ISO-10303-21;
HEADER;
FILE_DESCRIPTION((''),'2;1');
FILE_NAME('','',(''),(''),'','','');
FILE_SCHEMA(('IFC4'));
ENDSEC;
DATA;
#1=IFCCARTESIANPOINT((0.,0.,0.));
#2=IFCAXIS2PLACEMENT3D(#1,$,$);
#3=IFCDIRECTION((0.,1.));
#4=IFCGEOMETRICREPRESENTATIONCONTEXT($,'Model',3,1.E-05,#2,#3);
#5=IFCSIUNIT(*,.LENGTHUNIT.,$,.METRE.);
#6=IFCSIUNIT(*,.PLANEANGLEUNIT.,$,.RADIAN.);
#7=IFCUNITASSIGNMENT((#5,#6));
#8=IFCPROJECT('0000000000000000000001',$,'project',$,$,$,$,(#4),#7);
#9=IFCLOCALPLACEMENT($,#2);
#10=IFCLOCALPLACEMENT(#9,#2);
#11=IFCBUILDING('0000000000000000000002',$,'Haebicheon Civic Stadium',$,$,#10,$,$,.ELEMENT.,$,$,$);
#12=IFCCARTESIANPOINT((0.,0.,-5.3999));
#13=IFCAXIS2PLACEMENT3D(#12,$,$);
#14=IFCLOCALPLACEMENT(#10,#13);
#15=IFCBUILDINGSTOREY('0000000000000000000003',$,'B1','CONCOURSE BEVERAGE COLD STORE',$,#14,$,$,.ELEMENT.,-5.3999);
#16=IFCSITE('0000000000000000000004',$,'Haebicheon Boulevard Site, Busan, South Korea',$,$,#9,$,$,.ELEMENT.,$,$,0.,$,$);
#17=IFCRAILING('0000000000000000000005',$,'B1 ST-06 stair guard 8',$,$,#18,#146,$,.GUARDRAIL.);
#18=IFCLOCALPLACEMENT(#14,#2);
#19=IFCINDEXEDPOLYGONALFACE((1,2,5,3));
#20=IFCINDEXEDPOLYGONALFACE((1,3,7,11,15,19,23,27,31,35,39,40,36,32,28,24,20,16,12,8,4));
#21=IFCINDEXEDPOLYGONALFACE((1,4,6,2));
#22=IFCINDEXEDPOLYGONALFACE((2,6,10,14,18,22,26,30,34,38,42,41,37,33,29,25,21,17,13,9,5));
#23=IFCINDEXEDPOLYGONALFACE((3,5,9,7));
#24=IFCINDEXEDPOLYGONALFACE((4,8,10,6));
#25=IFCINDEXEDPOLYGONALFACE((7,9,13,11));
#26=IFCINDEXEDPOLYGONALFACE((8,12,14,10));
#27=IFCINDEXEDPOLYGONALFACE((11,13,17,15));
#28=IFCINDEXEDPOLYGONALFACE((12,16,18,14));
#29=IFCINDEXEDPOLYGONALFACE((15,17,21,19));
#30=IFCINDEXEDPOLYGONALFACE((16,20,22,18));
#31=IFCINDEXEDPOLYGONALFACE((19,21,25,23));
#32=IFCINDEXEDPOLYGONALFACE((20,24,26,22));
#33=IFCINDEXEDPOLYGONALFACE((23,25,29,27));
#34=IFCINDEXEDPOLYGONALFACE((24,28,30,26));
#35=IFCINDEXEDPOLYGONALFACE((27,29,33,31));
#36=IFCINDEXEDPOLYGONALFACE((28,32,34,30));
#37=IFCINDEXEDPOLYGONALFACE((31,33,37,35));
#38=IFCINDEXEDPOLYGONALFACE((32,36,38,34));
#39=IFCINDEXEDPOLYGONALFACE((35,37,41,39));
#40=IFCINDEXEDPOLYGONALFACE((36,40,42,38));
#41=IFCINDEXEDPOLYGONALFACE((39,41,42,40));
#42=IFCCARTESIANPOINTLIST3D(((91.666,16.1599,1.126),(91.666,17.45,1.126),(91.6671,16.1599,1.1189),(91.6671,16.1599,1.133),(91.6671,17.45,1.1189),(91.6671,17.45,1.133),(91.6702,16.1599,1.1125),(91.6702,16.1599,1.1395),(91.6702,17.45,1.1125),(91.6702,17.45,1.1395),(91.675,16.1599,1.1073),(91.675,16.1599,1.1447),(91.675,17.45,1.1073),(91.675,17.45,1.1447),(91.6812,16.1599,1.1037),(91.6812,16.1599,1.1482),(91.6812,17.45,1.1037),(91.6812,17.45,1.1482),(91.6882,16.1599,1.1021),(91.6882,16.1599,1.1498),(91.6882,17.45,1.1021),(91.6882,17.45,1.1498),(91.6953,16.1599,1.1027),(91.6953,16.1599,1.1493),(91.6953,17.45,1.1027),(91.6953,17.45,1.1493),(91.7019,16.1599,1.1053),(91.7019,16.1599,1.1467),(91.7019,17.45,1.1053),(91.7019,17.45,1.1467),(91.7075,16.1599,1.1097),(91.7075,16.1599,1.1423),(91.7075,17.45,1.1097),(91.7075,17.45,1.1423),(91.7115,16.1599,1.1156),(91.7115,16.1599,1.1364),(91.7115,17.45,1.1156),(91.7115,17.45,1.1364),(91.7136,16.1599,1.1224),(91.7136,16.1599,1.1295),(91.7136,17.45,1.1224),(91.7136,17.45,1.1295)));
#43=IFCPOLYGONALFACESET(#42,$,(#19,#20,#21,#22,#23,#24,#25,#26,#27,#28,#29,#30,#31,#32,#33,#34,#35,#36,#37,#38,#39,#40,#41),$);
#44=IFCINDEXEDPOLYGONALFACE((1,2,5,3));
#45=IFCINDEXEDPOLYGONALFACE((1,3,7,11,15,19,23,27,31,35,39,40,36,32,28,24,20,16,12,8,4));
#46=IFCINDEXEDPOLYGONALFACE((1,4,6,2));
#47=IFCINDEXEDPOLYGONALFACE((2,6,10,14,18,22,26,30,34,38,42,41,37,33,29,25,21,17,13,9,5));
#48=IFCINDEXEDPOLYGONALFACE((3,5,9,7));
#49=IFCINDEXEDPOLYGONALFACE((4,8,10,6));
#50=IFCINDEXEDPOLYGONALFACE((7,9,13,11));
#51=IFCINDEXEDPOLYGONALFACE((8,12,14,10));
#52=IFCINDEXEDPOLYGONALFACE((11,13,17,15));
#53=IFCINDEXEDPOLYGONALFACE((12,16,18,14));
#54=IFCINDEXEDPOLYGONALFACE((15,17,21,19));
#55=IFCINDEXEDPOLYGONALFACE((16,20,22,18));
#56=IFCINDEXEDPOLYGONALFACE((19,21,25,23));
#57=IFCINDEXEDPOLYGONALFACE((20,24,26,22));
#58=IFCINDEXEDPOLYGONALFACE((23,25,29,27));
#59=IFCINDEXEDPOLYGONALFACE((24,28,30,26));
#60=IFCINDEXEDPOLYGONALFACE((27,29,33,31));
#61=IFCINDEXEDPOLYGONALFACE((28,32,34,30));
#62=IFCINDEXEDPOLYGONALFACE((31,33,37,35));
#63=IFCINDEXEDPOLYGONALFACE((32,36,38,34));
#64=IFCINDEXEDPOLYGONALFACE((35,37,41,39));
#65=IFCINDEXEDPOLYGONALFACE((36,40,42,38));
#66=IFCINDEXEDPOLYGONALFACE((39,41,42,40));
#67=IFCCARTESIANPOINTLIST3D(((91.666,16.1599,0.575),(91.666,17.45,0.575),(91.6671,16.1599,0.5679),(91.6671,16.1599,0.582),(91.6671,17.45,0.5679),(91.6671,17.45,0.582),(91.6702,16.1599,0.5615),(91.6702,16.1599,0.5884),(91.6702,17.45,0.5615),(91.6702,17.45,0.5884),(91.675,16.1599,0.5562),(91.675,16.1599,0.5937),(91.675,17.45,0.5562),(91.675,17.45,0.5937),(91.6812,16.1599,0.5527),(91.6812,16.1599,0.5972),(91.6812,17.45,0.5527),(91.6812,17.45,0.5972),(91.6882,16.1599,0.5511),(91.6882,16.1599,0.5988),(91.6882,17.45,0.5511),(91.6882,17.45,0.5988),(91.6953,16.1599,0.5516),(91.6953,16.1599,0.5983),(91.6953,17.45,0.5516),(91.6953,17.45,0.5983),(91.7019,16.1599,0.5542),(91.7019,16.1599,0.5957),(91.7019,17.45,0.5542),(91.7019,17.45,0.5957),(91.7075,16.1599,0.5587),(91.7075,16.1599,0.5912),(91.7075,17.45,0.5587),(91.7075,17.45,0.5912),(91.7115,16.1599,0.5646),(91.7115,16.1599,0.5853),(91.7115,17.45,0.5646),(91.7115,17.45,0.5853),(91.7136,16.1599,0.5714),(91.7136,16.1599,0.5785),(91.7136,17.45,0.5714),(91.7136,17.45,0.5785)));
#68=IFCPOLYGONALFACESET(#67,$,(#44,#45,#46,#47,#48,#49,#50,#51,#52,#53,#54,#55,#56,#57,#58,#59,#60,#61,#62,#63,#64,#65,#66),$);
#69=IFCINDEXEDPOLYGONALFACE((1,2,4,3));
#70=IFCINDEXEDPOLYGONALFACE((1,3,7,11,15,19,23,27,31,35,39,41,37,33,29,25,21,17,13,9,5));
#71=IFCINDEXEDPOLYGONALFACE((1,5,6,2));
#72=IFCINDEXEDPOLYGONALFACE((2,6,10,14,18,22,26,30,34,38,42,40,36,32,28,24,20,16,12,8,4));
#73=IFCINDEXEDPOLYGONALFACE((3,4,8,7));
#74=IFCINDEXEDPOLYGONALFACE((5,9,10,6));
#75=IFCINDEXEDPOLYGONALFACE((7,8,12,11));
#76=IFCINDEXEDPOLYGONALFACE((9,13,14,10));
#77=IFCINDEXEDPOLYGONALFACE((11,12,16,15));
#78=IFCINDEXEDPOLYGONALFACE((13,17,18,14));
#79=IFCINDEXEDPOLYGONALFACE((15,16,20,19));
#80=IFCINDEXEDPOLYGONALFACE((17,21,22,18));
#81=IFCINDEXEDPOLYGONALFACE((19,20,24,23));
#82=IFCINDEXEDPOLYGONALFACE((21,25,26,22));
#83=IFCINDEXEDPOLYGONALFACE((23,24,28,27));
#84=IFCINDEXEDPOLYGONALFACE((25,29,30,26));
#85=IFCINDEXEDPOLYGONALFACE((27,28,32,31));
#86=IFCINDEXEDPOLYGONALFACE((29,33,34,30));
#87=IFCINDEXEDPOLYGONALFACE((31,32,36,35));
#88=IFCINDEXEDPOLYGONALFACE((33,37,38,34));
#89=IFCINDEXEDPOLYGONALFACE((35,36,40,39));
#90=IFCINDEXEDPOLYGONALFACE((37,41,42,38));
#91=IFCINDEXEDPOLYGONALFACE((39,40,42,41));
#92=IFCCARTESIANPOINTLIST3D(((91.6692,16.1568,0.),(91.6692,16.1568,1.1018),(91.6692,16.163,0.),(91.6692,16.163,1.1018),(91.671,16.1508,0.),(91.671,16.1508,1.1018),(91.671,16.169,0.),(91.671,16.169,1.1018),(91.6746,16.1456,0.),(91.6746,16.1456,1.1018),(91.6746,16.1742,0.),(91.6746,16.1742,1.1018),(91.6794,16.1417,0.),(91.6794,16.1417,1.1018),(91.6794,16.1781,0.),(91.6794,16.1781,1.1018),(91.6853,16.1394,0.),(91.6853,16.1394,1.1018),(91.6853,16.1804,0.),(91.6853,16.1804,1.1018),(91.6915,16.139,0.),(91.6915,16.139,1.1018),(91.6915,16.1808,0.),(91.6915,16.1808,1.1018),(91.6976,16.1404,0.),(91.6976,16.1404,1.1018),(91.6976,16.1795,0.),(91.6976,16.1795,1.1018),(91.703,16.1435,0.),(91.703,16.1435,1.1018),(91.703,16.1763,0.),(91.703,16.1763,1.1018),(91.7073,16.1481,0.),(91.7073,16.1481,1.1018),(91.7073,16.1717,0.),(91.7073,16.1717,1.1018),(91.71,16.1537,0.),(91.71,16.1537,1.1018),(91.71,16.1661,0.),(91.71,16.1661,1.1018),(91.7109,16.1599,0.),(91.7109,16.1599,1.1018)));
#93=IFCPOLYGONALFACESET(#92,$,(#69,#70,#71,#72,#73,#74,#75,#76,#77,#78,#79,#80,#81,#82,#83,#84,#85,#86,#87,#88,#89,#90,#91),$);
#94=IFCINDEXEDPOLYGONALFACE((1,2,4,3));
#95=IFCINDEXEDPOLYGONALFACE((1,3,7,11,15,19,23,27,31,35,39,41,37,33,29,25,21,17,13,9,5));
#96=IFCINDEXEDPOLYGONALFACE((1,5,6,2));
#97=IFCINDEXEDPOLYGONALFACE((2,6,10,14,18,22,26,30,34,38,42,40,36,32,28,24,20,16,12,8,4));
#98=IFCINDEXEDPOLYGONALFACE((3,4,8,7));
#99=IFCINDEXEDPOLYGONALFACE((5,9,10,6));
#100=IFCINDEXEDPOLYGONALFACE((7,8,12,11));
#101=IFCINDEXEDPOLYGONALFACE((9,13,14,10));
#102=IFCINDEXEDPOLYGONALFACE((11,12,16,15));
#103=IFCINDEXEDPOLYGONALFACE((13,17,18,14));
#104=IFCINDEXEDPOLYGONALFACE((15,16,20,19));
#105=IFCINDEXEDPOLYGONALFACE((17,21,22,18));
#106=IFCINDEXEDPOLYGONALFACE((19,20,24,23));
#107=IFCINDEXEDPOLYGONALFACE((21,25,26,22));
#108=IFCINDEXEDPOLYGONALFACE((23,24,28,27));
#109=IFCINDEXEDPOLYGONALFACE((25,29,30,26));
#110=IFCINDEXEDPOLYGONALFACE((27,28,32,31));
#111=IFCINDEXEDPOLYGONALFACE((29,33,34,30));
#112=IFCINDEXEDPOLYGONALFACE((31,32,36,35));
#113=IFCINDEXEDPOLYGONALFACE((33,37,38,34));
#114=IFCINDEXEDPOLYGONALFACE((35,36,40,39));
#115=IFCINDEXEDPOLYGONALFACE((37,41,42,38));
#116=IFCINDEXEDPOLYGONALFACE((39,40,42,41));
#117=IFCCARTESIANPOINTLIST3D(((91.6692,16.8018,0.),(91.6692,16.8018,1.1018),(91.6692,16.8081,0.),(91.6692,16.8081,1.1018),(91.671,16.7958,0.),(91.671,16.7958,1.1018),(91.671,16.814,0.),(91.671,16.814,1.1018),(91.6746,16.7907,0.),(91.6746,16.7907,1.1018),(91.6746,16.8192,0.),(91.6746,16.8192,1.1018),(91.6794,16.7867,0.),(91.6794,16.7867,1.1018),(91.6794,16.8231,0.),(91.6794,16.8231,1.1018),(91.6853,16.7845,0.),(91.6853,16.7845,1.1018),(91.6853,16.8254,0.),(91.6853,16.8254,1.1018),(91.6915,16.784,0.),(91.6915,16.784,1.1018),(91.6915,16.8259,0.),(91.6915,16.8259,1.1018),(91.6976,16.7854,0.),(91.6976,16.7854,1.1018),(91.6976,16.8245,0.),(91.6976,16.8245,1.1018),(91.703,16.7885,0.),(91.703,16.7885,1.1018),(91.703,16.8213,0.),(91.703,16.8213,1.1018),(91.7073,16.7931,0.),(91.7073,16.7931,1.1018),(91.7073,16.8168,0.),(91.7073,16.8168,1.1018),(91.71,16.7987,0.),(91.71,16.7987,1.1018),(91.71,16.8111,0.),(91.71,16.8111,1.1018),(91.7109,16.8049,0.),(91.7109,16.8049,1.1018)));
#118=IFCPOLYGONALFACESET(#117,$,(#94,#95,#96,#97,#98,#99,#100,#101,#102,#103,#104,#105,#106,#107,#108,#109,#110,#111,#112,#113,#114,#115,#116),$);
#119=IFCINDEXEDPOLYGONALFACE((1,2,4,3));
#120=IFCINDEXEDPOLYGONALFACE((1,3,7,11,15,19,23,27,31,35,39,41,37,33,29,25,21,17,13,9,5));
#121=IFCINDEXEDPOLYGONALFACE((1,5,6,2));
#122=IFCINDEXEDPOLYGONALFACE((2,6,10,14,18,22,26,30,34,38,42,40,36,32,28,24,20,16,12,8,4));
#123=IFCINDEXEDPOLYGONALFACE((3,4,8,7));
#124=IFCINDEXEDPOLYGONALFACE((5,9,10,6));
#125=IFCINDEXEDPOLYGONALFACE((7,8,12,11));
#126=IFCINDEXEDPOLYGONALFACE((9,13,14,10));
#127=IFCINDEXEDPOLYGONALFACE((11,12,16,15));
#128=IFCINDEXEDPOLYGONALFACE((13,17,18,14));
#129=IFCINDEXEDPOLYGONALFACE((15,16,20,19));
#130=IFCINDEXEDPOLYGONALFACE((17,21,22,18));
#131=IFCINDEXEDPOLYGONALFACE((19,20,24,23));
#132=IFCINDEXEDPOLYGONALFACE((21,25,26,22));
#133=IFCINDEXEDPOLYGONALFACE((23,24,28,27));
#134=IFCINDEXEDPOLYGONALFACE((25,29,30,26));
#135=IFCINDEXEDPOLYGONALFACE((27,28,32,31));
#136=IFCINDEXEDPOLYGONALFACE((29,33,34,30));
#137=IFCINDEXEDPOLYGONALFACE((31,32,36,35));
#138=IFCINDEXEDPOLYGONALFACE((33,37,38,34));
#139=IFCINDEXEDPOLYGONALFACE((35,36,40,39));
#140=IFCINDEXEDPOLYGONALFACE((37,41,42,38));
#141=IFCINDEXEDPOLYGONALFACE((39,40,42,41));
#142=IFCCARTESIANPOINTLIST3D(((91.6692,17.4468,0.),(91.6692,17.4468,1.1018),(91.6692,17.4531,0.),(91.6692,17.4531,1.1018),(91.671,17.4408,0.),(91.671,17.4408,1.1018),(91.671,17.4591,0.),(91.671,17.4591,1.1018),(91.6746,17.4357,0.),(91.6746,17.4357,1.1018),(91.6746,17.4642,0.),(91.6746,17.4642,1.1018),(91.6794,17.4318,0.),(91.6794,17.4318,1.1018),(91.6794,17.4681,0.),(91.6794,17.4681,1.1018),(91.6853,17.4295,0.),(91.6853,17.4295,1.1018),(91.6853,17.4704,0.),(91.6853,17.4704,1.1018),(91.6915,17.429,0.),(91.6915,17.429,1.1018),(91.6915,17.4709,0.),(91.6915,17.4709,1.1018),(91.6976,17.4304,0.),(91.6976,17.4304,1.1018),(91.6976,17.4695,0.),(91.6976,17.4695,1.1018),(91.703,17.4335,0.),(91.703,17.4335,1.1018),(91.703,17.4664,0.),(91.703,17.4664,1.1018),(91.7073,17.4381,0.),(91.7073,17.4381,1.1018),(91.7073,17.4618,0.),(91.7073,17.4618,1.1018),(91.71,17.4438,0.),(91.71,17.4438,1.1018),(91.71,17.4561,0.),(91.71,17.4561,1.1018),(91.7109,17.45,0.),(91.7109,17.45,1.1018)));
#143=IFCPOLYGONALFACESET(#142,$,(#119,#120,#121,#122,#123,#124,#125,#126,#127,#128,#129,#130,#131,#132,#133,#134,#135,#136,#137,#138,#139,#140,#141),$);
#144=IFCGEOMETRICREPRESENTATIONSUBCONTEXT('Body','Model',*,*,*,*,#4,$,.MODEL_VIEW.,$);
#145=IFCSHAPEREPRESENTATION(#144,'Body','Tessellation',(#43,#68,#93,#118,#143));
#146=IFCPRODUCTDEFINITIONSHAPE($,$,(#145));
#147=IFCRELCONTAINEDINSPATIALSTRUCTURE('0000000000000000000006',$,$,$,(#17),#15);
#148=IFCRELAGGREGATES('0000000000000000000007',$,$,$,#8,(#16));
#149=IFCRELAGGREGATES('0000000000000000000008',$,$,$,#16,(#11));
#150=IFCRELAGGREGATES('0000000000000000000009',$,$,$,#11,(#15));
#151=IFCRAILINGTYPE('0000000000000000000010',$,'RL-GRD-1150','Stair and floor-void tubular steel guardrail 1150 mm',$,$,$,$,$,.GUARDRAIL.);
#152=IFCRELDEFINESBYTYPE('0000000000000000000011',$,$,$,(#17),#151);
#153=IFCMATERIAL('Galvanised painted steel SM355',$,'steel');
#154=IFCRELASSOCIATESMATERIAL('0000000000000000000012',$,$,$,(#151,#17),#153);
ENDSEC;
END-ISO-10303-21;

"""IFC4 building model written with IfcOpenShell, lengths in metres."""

from ifc_helpers import new_model, si_unit, direction, frame, origin, origin_2d, place, context, subcontext, project, spatial, circle, extrude, material, type_object, element, save


model = new_model("IFC4")

# Units and contexts
model_context = context("Model", 3, precision=1e-05, world=origin(), true_north=direction((0.0, 1.0)))
body_context = subcontext(model_context, "Body", "Model", "MODEL_VIEW")
ifc_project = project(units=[si_unit("LENGTHUNIT", "METRE"), si_unit("PLANEANGLEUNIT", "RADIAN")], contexts=[model_context])

# Site, building, storey
site_placement = place(None, origin())
site = spatial("IfcSite", under=ifc_project, at=site_placement, Name="Haebicheon Boulevard Site, Busan, South Korea", CompositionType="ELEMENT", RefElevation=0.0)
building_placement = place(site_placement, origin())
building = spatial("IfcBuilding", under=site, at=building_placement, Name="Haebicheon Civic Stadium", CompositionType="ELEMENT")
storey_placement = place(building_placement, frame((0.0, 0.0, -5.3999)))
storey = spatial("IfcBuildingStorey", under=building, at=storey_placement, Name="B1", Description="CONCOURSE BEVERAGE COLD STORE", CompositionType="ELEMENT", Elevation=-5.3999)

# Railing
ifc_material_1 = material(Name="Galvanised painted steel SM355", Category="steel")
railing_type_1 = type_object("IfcRailingType", Name="RL-GRD-1150", Description="Stair and floor-void tubular steel guardrail 1150 mm", PredefinedType="GUARDRAIL", material=ifc_material_1)
railing_1_placement = place(storey_placement, frame((91.6899, 16.1599, 0.0)))
element("IfcRailing", 1, at=railing_1_placement, inside=storey, type_object=railing_type_1, material=ifc_material_1, Name="B1 ST-06 stair guard 8", PredefinedType="GUARDRAIL", context=body_context, shape_type="SweptSolid", body=[
    extrude(circle(Radius=0.0239, at=origin_2d()), frame((0.0, 0.0, 1.126), z_axis=(0.0, 1.0, 0.0), x_axis=(-1.0, 0.0, 0.0)), (0.0, 0.0, 1.0), 1.29),
    extrude(circle(Radius=0.0239, at=origin_2d()), frame((0.0, 0.0, 0.575), z_axis=(0.0, 1.0, 0.0), x_axis=(-1.0, 0.0, 0.0)), (0.0, 0.0, 1.0), 1.29),
    extrude(circle(Radius=0.021, at=origin_2d()), origin(), (0.0, 0.0, 1.0), 1.1018),
    extrude(circle(Radius=0.021, at=origin_2d()), frame((0.0, 0.645, 0.0)), (0.0, 0.0, 1.0), 1.1018),
    extrude(circle(Radius=0.021, at=origin_2d()), frame((0.0, 1.29, 0.0)), (0.0, 0.0, 1.0), 1.1018),
])

save(model, "model.ifc")
